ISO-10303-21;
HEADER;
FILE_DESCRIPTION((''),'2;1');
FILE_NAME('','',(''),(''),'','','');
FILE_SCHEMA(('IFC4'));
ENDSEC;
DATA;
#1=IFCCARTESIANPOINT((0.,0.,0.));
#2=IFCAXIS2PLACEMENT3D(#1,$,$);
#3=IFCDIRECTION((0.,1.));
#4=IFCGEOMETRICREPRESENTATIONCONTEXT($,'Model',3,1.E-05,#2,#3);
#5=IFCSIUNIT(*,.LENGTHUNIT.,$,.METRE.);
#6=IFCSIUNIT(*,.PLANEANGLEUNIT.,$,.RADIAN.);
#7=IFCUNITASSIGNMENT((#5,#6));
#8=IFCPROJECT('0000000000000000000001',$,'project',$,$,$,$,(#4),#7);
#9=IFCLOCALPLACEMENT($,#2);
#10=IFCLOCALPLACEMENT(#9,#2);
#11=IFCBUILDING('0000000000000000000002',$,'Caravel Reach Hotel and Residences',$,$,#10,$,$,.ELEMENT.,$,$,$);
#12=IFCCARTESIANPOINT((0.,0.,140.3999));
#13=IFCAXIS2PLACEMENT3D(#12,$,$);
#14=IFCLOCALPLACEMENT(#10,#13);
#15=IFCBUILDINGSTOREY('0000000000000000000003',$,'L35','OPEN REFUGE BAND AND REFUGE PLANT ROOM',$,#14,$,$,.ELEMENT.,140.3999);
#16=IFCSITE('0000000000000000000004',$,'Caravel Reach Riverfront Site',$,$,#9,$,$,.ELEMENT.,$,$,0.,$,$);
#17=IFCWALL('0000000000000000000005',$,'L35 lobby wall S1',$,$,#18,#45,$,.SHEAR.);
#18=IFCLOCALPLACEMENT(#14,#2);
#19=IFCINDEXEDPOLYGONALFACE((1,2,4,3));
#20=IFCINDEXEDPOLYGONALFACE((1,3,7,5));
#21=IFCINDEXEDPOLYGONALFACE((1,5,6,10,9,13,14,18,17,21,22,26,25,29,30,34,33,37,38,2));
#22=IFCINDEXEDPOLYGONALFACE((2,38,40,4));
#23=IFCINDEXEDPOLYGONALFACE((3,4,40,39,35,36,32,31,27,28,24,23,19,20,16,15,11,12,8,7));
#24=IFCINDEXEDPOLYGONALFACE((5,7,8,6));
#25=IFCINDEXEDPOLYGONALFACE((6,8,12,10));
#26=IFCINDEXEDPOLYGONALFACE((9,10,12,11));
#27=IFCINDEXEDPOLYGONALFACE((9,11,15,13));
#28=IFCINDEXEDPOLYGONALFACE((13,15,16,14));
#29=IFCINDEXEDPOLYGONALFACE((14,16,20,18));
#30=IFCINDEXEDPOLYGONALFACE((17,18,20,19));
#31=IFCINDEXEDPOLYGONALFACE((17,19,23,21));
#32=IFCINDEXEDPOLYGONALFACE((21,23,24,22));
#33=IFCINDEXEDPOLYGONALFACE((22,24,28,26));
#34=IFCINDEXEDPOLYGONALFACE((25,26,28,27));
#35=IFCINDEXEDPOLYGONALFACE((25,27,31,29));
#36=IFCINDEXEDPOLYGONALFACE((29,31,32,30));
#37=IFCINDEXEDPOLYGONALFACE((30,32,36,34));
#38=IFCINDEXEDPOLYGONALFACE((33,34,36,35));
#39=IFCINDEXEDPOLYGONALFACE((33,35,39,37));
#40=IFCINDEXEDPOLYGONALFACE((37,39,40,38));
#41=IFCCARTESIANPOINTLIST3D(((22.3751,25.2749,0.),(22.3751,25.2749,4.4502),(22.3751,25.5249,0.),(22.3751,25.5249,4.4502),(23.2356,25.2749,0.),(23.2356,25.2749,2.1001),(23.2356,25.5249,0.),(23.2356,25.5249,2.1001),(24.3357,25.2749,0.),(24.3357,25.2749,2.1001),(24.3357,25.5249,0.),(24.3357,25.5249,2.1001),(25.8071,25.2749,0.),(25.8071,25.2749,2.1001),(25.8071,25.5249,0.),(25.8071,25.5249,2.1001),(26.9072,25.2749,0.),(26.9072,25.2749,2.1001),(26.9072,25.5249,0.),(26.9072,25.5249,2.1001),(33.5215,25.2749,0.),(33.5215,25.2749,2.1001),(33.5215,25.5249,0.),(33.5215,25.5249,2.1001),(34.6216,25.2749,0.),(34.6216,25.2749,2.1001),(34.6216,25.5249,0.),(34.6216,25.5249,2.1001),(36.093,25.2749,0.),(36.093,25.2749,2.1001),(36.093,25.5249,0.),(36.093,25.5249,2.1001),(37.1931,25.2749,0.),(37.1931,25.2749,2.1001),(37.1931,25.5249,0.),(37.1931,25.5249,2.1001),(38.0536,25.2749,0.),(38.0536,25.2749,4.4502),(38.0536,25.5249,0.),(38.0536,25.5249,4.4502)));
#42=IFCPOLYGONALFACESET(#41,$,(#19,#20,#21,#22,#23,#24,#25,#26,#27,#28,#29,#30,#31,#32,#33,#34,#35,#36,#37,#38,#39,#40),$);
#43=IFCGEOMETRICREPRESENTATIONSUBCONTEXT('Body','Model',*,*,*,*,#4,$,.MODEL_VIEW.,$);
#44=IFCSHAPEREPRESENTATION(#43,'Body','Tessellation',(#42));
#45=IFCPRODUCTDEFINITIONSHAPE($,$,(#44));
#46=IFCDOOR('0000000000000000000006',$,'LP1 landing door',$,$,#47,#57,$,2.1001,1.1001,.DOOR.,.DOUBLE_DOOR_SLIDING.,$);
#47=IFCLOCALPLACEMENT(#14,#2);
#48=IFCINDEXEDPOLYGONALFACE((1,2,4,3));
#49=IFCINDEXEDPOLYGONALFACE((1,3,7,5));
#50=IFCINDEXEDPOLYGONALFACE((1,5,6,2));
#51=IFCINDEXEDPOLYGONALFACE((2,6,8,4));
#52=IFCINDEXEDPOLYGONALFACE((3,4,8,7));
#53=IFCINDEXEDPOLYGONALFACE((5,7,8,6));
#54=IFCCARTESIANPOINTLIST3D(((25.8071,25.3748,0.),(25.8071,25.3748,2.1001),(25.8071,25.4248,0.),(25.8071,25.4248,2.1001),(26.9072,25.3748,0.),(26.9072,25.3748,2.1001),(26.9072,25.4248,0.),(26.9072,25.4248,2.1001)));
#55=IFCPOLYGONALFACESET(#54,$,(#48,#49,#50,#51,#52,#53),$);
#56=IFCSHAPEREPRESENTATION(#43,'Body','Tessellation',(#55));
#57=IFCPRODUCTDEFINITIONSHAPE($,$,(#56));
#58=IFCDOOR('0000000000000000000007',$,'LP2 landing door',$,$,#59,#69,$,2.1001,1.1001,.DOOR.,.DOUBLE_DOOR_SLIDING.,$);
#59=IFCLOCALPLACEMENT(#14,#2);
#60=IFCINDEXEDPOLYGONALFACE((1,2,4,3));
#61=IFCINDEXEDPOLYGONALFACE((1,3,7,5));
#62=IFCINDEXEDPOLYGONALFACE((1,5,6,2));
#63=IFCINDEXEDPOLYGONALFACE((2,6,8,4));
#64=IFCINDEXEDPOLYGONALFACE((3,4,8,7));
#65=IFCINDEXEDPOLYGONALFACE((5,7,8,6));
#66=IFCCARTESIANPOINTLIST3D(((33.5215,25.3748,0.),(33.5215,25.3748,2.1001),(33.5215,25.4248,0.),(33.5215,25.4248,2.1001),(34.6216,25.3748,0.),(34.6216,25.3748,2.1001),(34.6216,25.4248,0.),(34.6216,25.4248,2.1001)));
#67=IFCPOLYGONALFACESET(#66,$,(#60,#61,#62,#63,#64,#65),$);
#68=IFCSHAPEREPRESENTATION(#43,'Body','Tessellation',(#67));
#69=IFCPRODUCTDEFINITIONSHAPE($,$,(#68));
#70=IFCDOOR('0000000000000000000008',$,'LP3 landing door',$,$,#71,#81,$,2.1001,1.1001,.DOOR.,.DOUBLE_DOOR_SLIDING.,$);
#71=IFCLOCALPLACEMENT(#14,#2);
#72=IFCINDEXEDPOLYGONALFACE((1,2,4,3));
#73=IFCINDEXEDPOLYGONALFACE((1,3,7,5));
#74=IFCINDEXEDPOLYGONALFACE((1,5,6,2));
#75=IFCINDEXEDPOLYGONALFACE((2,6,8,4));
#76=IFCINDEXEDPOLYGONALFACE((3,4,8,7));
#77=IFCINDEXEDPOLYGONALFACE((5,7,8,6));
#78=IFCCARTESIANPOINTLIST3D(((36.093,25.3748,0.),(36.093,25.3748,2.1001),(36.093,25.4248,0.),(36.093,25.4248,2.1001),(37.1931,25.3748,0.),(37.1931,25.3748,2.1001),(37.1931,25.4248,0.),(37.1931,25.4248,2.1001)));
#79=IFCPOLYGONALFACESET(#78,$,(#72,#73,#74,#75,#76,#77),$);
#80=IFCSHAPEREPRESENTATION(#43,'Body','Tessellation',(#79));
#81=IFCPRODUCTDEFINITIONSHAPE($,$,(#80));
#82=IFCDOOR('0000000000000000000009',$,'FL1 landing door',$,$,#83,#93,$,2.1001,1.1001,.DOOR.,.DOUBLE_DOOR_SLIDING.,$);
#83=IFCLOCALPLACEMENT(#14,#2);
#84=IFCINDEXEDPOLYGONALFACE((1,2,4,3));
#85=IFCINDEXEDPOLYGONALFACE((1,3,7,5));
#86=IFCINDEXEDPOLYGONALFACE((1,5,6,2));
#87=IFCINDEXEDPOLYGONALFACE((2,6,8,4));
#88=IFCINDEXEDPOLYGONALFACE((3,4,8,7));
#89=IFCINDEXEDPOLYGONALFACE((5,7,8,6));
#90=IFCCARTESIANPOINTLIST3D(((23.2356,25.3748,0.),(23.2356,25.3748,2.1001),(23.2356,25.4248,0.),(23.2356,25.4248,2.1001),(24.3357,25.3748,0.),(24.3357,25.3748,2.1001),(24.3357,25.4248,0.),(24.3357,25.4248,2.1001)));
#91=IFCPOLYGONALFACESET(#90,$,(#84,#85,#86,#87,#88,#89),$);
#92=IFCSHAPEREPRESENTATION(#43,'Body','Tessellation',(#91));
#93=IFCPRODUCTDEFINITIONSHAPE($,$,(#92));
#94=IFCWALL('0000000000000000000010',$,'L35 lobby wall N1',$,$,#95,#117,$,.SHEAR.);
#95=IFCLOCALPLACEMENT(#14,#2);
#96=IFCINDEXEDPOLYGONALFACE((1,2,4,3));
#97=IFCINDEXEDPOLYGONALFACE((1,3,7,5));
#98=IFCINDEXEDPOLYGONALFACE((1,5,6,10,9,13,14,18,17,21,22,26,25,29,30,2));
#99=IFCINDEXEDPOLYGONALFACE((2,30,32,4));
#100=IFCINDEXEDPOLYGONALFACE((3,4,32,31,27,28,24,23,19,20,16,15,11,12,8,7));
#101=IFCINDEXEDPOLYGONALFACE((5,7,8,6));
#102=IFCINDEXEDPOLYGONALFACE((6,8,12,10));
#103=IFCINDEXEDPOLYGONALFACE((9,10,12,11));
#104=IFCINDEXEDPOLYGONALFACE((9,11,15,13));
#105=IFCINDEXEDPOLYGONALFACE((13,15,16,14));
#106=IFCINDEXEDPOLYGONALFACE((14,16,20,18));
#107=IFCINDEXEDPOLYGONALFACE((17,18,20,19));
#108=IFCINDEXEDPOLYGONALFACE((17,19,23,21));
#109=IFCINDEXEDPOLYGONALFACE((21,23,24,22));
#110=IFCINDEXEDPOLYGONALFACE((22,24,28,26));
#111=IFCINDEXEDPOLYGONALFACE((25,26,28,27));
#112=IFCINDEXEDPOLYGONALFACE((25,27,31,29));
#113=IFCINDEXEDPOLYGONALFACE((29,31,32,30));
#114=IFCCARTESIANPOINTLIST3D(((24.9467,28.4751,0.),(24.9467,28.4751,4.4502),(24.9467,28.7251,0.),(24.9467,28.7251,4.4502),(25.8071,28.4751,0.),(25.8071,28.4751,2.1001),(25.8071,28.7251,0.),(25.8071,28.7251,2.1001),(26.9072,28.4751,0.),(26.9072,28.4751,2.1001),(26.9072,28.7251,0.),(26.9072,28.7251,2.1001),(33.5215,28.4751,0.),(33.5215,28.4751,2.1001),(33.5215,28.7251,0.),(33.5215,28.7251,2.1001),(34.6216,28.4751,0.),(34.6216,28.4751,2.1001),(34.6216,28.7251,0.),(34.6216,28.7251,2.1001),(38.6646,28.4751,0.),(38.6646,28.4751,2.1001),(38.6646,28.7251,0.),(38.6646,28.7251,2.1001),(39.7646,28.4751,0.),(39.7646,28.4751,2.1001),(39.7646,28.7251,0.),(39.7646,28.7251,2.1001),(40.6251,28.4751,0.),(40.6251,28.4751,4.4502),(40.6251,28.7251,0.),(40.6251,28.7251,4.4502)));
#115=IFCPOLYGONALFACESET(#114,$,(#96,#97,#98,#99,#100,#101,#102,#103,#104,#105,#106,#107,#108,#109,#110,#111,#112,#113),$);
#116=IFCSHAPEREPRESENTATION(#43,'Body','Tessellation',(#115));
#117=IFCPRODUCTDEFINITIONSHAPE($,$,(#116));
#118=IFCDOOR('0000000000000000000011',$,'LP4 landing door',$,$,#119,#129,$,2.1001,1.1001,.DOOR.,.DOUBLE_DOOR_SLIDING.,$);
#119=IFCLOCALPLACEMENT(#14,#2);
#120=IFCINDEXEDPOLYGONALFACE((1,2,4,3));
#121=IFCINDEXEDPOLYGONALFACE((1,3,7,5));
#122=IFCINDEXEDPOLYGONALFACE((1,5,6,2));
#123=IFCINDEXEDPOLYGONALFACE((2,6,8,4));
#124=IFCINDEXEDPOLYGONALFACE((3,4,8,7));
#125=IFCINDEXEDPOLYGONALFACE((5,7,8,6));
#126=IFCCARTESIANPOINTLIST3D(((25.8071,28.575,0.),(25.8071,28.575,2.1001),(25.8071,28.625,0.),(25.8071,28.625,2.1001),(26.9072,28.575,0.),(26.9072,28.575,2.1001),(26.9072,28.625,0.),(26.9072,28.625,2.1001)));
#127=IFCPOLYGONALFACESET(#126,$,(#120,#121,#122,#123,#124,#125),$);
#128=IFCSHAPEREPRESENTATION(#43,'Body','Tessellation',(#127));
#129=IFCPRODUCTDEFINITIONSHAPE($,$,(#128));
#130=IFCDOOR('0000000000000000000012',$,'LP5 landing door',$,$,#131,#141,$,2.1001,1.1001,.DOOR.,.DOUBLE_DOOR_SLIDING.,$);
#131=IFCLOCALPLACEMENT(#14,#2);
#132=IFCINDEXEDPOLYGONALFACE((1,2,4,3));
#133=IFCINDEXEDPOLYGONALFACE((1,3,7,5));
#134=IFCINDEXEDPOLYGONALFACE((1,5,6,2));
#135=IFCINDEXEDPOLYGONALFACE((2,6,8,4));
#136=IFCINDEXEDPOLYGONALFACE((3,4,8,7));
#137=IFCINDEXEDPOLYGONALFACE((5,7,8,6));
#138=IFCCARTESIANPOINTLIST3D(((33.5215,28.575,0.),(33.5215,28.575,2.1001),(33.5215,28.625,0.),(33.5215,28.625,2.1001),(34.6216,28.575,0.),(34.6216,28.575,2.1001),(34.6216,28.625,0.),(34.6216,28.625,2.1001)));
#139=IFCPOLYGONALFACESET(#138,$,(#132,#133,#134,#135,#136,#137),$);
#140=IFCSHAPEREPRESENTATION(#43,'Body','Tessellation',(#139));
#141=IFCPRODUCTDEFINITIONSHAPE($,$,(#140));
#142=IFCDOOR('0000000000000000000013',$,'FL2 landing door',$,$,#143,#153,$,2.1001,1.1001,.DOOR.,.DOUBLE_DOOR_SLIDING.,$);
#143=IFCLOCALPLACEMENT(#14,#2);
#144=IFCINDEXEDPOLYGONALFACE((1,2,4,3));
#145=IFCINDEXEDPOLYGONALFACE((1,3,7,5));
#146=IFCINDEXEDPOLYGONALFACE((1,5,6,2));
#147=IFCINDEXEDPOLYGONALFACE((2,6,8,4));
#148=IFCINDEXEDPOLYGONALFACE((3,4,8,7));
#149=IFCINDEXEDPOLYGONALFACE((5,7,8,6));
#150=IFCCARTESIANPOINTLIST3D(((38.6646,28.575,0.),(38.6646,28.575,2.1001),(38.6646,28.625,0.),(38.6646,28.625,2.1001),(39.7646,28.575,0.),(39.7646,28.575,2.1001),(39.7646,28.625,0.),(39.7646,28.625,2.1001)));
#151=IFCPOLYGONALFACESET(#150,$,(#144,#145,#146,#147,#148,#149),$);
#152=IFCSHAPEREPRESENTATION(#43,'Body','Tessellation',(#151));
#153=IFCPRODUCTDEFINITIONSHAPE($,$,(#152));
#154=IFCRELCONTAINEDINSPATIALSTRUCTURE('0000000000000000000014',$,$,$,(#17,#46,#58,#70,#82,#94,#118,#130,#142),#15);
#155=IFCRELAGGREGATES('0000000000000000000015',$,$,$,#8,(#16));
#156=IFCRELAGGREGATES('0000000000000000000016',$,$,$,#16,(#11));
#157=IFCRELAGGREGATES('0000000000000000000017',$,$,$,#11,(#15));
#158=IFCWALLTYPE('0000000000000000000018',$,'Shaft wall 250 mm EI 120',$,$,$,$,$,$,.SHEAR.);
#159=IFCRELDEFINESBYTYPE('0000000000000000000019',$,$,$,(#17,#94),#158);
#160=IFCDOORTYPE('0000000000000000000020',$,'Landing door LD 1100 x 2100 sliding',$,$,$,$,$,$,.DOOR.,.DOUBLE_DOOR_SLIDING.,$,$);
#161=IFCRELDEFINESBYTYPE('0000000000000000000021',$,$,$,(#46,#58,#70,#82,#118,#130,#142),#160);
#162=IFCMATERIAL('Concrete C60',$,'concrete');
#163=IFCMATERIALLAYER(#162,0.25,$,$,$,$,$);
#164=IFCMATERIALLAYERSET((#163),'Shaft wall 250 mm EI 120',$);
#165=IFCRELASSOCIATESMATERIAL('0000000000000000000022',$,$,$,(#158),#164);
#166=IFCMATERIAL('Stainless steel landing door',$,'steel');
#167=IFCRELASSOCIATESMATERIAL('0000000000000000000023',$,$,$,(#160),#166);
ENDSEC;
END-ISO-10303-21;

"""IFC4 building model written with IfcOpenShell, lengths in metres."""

from ifc_helpers import new_model, si_unit, direction, frame, frame_2d, origin, place, context, subcontext, project, spatial, rectangle, extrude, material, layer, layer_set, type_object, element, fill, save


model = new_model("IFC4")

# Units and contexts
model_context = context("Model", 3, precision=1e-05, world=origin(), true_north=direction((0.0, 1.0)))
body_context = subcontext(model_context, "Body", "Model", "MODEL_VIEW")
ifc_project = project(units=[si_unit("LENGTHUNIT", "METRE"), si_unit("PLANEANGLEUNIT", "RADIAN")], contexts=[model_context])

# Site, building, storey
site_placement = place(None, origin())
site = spatial("IfcSite", under=ifc_project, at=site_placement, Name="Caravel Reach Riverfront Site", CompositionType="ELEMENT", RefElevation=0.0)
building_placement = place(site_placement, origin())
building = spatial("IfcBuilding", under=site, at=building_placement, Name="Caravel Reach Hotel and Residences", CompositionType="ELEMENT")
storey_placement = place(building_placement, frame((0.0, 0.0, 140.3999)))
storey = spatial("IfcBuildingStorey", under=building, at=storey_placement, Name="L35", Description="OPEN REFUGE BAND AND REFUGE PLANT ROOM", CompositionType="ELEMENT", Elevation=140.3999)

# Walls, openings, doors
ifc_material_1 = material(Name="Concrete C60", Category="concrete")
ifc_layer_1 = layer(ifc_material_1, 0.25)
ifc_layer_set_1 = layer_set([ifc_layer_1], Name="Shaft wall 250 mm EI 120")
wall_type_1 = type_object("IfcWallType", Name="Shaft wall 250 mm EI 120", PredefinedType="SHEAR", material=ifc_layer_set_1)
wall_1_placement = place(storey_placement, frame((22.375, 25.3999, 0.0), z_axis=(0.0, 0.0, 1.0), x_axis=(1.0, 0.0, 0.0)))
wall_1 = element("IfcWall", 1, at=wall_1_placement, inside=storey, type_object=wall_type_1, Name="L35 lobby wall S1", PredefinedType="SHEAR", context=body_context, shape_type="SweptSolid", body=[
    extrude(rectangle(XDim=15.6785, YDim=0.25, at=frame_2d((7.8394, 0.0))), origin(), (0.0, 0.0, 1.0), 4.4502),
])
opening_1_placement = place(wall_1_placement, frame((3.4321, 0.0, 0.0)))
opening_1 = element("IfcOpeningElement", 2, at=opening_1_placement, cuts=wall_1, PredefinedType="OPENING", context=body_context, shape_type="SweptSolid", body=[
    extrude(rectangle(XDim=1.1001, YDim=2.1001, at=frame_2d((0.55, 1.05))), frame((0.0, 0.135, 0.0), z_axis=(0.0, -1.0, 0.0), x_axis=(1.0, 0.0, 0.0)), (0.0, 0.0, 1.0), 0.27),
])
opening_2_placement = place(wall_1_placement, frame((11.1465, 0.0, 0.0)))
opening_2 = element("IfcOpeningElement", 3, at=opening_2_placement, cuts=wall_1, PredefinedType="OPENING", context=body_context, shape_type="SweptSolid", body=[
    extrude(rectangle(XDim=1.1001, YDim=2.1001, at=frame_2d((0.55, 1.05))), frame((0.0, 0.135, 0.0), z_axis=(0.0, -1.0, 0.0), x_axis=(1.0, 0.0, 0.0)), (0.0, 0.0, 1.0), 0.27),
])
opening_3_placement = place(wall_1_placement, frame((13.718, 0.0, 0.0)))
opening_3 = element("IfcOpeningElement", 4, at=opening_3_placement, cuts=wall_1, PredefinedType="OPENING", context=body_context, shape_type="SweptSolid", body=[
    extrude(rectangle(XDim=1.1001, YDim=2.1001, at=frame_2d((0.55, 1.05))), frame((0.0, 0.135, 0.0), z_axis=(0.0, -1.0, 0.0), x_axis=(1.0, 0.0, 0.0)), (0.0, 0.0, 1.0), 0.27),
])
opening_4_placement = place(wall_1_placement, frame((0.8606, 0.0, 0.0)))
opening_4 = element("IfcOpeningElement", 5, at=opening_4_placement, cuts=wall_1, PredefinedType="OPENING", context=body_context, shape_type="SweptSolid", body=[
    extrude(rectangle(XDim=1.1001, YDim=2.1001, at=frame_2d((0.55, 1.05))), frame((0.0, 0.135, 0.0), z_axis=(0.0, -1.0, 0.0), x_axis=(1.0, 0.0, 0.0)), (0.0, 0.0, 1.0), 0.27),
])
ifc_material_2 = material(Name="Stainless steel landing door", Category="steel")
door_type_1 = type_object("IfcDoorType", Name="Landing door LD 1100 x 2100 sliding", OperationType="DOUBLE_DOOR_SLIDING", PredefinedType="DOOR", material=ifc_material_2)
door_1_placement = place(opening_1_placement, origin())
door_1 = element("IfcDoor", 6, at=door_1_placement, inside=storey, type_object=door_type_1, Name="LP1 landing door", OperationType="DOUBLE_DOOR_SLIDING", OverallHeight=2.1001, OverallWidth=1.1001, PredefinedType="DOOR", context=body_context, shape_type="SweptSolid", body=[
    extrude(rectangle(XDim=1.1001, YDim=2.1001, at=frame_2d((0.55, 1.05))), frame((0.0, 0.0249, 0.0), z_axis=(0.0, -1.0, 0.0), x_axis=(1.0, 0.0, 0.0)), (0.0, 0.0, 1.0), 0.05),
])
fill(opening_1, door_1)
door_2_placement = place(opening_2_placement, origin())
door_2 = element("IfcDoor", 7, at=door_2_placement, inside=storey, type_object=door_type_1, Name="LP2 landing door", OperationType="DOUBLE_DOOR_SLIDING", OverallHeight=2.1001, OverallWidth=1.1001, PredefinedType="DOOR", context=body_context, shape_type="SweptSolid", body=[
    extrude(rectangle(XDim=1.1001, YDim=2.1001, at=frame_2d((0.55, 1.05))), frame((0.0, 0.0249, 0.0), z_axis=(0.0, -1.0, 0.0), x_axis=(1.0, 0.0, 0.0)), (0.0, 0.0, 1.0), 0.05),
])
fill(opening_2, door_2)
door_3_placement = place(opening_3_placement, origin())
door_3 = element("IfcDoor", 8, at=door_3_placement, inside=storey, type_object=door_type_1, Name="LP3 landing door", OperationType="DOUBLE_DOOR_SLIDING", OverallHeight=2.1001, OverallWidth=1.1001, PredefinedType="DOOR", context=body_context, shape_type="SweptSolid", body=[
    extrude(rectangle(XDim=1.1001, YDim=2.1001, at=frame_2d((0.55, 1.05))), frame((0.0, 0.0249, 0.0), z_axis=(0.0, -1.0, 0.0), x_axis=(1.0, 0.0, 0.0)), (0.0, 0.0, 1.0), 0.05),
])
fill(opening_3, door_3)
door_4_placement = place(opening_4_placement, origin())
door_4 = element("IfcDoor", 9, at=door_4_placement, inside=storey, type_object=door_type_1, Name="FL1 landing door", OperationType="DOUBLE_DOOR_SLIDING", OverallHeight=2.1001, OverallWidth=1.1001, PredefinedType="DOOR", context=body_context, shape_type="SweptSolid", body=[
    extrude(rectangle(XDim=1.1001, YDim=2.1001, at=frame_2d((0.55, 1.05))), frame((0.0, 0.0249, 0.0), z_axis=(0.0, -1.0, 0.0), x_axis=(1.0, 0.0, 0.0)), (0.0, 0.0, 1.0), 0.05),
])
fill(opening_4, door_4)
wall_2_placement = place(storey_placement, frame((24.9465, 28.6001, 0.0), z_axis=(0.0, 0.0, 1.0), x_axis=(1.0, 0.0, 0.0)))
wall_2 = element("IfcWall", 10, at=wall_2_placement, inside=storey, type_object=wall_type_1, Name="L35 lobby wall N1", PredefinedType="SHEAR", context=body_context, shape_type="SweptSolid", body=[
    extrude(rectangle(XDim=15.6785, YDim=0.25, at=frame_2d((7.8394, 0.0))), origin(), (0.0, 0.0, 1.0), 4.4502),
])
opening_5_placement = place(wall_2_placement, frame((0.8606, 0.0, 0.0)))
opening_5 = element("IfcOpeningElement", 11, at=opening_5_placement, cuts=wall_2, PredefinedType="OPENING", context=body_context, shape_type="SweptSolid", body=[
    extrude(rectangle(XDim=1.1001, YDim=2.1001, at=frame_2d((0.55, 1.05))), frame((0.0, 0.135, 0.0), z_axis=(0.0, -1.0, 0.0), x_axis=(1.0, 0.0, 0.0)), (0.0, 0.0, 1.0), 0.27),
])
opening_6_placement = place(wall_2_placement, frame((8.575, 0.0, 0.0)))
opening_6 = element("IfcOpeningElement", 12, at=opening_6_placement, cuts=wall_2, PredefinedType="OPENING", context=body_context, shape_type="SweptSolid", body=[
    extrude(rectangle(XDim=1.1001, YDim=2.1001, at=frame_2d((0.55, 1.05))), frame((0.0, 0.135, 0.0), z_axis=(0.0, -1.0, 0.0), x_axis=(1.0, 0.0, 0.0)), (0.0, 0.0, 1.0), 0.27),
])
opening_7_placement = place(wall_2_placement, frame((13.718, 0.0, 0.0)))
opening_7 = element("IfcOpeningElement", 13, at=opening_7_placement, cuts=wall_2, PredefinedType="OPENING", context=body_context, shape_type="SweptSolid", body=[
    extrude(rectangle(XDim=1.1001, YDim=2.1001, at=frame_2d((0.55, 1.05))), frame((0.0, 0.135, 0.0), z_axis=(0.0, -1.0, 0.0), x_axis=(1.0, 0.0, 0.0)), (0.0, 0.0, 1.0), 0.27),
])
door_5_placement = place(opening_5_placement, origin())
door_5 = element("IfcDoor", 14, at=door_5_placement, inside=storey, type_object=door_type_1, Name="LP4 landing door", OperationType="DOUBLE_DOOR_SLIDING", OverallHeight=2.1001, OverallWidth=1.1001, PredefinedType="DOOR", context=body_context, shape_type="SweptSolid", body=[
    extrude(rectangle(XDim=1.1001, YDim=2.1001, at=frame_2d((0.55, 1.05))), frame((0.0, 0.0249, 0.0), z_axis=(0.0, -1.0, 0.0), x_axis=(1.0, 0.0, 0.0)), (0.0, 0.0, 1.0), 0.05),
])
fill(opening_5, door_5)
door_6_placement = place(opening_6_placement, origin())
door_6 = element("IfcDoor", 15, at=door_6_placement, inside=storey, type_object=door_type_1, Name="LP5 landing door", OperationType="DOUBLE_DOOR_SLIDING", OverallHeight=2.1001, OverallWidth=1.1001, PredefinedType="DOOR", context=body_context, shape_type="SweptSolid", body=[
    extrude(rectangle(XDim=1.1001, YDim=2.1001, at=frame_2d((0.55, 1.05))), frame((0.0, 0.0249, 0.0), z_axis=(0.0, -1.0, 0.0), x_axis=(1.0, 0.0, 0.0)), (0.0, 0.0, 1.0), 0.05),
])
fill(opening_6, door_6)
door_7_placement = place(opening_7_placement, origin())
door_7 = element("IfcDoor", 16, at=door_7_placement, inside=storey, type_object=door_type_1, Name="FL2 landing door", OperationType="DOUBLE_DOOR_SLIDING", OverallHeight=2.1001, OverallWidth=1.1001, PredefinedType="DOOR", context=body_context, shape_type="SweptSolid", body=[
    extrude(rectangle(XDim=1.1001, YDim=2.1001, at=frame_2d((0.55, 1.05))), frame((0.0, 0.0249, 0.0), z_axis=(0.0, -1.0, 0.0), x_axis=(1.0, 0.0, 0.0)), (0.0, 0.0, 1.0), 0.05),
])
fill(opening_7, door_7)

save(model, "model.ifc")
